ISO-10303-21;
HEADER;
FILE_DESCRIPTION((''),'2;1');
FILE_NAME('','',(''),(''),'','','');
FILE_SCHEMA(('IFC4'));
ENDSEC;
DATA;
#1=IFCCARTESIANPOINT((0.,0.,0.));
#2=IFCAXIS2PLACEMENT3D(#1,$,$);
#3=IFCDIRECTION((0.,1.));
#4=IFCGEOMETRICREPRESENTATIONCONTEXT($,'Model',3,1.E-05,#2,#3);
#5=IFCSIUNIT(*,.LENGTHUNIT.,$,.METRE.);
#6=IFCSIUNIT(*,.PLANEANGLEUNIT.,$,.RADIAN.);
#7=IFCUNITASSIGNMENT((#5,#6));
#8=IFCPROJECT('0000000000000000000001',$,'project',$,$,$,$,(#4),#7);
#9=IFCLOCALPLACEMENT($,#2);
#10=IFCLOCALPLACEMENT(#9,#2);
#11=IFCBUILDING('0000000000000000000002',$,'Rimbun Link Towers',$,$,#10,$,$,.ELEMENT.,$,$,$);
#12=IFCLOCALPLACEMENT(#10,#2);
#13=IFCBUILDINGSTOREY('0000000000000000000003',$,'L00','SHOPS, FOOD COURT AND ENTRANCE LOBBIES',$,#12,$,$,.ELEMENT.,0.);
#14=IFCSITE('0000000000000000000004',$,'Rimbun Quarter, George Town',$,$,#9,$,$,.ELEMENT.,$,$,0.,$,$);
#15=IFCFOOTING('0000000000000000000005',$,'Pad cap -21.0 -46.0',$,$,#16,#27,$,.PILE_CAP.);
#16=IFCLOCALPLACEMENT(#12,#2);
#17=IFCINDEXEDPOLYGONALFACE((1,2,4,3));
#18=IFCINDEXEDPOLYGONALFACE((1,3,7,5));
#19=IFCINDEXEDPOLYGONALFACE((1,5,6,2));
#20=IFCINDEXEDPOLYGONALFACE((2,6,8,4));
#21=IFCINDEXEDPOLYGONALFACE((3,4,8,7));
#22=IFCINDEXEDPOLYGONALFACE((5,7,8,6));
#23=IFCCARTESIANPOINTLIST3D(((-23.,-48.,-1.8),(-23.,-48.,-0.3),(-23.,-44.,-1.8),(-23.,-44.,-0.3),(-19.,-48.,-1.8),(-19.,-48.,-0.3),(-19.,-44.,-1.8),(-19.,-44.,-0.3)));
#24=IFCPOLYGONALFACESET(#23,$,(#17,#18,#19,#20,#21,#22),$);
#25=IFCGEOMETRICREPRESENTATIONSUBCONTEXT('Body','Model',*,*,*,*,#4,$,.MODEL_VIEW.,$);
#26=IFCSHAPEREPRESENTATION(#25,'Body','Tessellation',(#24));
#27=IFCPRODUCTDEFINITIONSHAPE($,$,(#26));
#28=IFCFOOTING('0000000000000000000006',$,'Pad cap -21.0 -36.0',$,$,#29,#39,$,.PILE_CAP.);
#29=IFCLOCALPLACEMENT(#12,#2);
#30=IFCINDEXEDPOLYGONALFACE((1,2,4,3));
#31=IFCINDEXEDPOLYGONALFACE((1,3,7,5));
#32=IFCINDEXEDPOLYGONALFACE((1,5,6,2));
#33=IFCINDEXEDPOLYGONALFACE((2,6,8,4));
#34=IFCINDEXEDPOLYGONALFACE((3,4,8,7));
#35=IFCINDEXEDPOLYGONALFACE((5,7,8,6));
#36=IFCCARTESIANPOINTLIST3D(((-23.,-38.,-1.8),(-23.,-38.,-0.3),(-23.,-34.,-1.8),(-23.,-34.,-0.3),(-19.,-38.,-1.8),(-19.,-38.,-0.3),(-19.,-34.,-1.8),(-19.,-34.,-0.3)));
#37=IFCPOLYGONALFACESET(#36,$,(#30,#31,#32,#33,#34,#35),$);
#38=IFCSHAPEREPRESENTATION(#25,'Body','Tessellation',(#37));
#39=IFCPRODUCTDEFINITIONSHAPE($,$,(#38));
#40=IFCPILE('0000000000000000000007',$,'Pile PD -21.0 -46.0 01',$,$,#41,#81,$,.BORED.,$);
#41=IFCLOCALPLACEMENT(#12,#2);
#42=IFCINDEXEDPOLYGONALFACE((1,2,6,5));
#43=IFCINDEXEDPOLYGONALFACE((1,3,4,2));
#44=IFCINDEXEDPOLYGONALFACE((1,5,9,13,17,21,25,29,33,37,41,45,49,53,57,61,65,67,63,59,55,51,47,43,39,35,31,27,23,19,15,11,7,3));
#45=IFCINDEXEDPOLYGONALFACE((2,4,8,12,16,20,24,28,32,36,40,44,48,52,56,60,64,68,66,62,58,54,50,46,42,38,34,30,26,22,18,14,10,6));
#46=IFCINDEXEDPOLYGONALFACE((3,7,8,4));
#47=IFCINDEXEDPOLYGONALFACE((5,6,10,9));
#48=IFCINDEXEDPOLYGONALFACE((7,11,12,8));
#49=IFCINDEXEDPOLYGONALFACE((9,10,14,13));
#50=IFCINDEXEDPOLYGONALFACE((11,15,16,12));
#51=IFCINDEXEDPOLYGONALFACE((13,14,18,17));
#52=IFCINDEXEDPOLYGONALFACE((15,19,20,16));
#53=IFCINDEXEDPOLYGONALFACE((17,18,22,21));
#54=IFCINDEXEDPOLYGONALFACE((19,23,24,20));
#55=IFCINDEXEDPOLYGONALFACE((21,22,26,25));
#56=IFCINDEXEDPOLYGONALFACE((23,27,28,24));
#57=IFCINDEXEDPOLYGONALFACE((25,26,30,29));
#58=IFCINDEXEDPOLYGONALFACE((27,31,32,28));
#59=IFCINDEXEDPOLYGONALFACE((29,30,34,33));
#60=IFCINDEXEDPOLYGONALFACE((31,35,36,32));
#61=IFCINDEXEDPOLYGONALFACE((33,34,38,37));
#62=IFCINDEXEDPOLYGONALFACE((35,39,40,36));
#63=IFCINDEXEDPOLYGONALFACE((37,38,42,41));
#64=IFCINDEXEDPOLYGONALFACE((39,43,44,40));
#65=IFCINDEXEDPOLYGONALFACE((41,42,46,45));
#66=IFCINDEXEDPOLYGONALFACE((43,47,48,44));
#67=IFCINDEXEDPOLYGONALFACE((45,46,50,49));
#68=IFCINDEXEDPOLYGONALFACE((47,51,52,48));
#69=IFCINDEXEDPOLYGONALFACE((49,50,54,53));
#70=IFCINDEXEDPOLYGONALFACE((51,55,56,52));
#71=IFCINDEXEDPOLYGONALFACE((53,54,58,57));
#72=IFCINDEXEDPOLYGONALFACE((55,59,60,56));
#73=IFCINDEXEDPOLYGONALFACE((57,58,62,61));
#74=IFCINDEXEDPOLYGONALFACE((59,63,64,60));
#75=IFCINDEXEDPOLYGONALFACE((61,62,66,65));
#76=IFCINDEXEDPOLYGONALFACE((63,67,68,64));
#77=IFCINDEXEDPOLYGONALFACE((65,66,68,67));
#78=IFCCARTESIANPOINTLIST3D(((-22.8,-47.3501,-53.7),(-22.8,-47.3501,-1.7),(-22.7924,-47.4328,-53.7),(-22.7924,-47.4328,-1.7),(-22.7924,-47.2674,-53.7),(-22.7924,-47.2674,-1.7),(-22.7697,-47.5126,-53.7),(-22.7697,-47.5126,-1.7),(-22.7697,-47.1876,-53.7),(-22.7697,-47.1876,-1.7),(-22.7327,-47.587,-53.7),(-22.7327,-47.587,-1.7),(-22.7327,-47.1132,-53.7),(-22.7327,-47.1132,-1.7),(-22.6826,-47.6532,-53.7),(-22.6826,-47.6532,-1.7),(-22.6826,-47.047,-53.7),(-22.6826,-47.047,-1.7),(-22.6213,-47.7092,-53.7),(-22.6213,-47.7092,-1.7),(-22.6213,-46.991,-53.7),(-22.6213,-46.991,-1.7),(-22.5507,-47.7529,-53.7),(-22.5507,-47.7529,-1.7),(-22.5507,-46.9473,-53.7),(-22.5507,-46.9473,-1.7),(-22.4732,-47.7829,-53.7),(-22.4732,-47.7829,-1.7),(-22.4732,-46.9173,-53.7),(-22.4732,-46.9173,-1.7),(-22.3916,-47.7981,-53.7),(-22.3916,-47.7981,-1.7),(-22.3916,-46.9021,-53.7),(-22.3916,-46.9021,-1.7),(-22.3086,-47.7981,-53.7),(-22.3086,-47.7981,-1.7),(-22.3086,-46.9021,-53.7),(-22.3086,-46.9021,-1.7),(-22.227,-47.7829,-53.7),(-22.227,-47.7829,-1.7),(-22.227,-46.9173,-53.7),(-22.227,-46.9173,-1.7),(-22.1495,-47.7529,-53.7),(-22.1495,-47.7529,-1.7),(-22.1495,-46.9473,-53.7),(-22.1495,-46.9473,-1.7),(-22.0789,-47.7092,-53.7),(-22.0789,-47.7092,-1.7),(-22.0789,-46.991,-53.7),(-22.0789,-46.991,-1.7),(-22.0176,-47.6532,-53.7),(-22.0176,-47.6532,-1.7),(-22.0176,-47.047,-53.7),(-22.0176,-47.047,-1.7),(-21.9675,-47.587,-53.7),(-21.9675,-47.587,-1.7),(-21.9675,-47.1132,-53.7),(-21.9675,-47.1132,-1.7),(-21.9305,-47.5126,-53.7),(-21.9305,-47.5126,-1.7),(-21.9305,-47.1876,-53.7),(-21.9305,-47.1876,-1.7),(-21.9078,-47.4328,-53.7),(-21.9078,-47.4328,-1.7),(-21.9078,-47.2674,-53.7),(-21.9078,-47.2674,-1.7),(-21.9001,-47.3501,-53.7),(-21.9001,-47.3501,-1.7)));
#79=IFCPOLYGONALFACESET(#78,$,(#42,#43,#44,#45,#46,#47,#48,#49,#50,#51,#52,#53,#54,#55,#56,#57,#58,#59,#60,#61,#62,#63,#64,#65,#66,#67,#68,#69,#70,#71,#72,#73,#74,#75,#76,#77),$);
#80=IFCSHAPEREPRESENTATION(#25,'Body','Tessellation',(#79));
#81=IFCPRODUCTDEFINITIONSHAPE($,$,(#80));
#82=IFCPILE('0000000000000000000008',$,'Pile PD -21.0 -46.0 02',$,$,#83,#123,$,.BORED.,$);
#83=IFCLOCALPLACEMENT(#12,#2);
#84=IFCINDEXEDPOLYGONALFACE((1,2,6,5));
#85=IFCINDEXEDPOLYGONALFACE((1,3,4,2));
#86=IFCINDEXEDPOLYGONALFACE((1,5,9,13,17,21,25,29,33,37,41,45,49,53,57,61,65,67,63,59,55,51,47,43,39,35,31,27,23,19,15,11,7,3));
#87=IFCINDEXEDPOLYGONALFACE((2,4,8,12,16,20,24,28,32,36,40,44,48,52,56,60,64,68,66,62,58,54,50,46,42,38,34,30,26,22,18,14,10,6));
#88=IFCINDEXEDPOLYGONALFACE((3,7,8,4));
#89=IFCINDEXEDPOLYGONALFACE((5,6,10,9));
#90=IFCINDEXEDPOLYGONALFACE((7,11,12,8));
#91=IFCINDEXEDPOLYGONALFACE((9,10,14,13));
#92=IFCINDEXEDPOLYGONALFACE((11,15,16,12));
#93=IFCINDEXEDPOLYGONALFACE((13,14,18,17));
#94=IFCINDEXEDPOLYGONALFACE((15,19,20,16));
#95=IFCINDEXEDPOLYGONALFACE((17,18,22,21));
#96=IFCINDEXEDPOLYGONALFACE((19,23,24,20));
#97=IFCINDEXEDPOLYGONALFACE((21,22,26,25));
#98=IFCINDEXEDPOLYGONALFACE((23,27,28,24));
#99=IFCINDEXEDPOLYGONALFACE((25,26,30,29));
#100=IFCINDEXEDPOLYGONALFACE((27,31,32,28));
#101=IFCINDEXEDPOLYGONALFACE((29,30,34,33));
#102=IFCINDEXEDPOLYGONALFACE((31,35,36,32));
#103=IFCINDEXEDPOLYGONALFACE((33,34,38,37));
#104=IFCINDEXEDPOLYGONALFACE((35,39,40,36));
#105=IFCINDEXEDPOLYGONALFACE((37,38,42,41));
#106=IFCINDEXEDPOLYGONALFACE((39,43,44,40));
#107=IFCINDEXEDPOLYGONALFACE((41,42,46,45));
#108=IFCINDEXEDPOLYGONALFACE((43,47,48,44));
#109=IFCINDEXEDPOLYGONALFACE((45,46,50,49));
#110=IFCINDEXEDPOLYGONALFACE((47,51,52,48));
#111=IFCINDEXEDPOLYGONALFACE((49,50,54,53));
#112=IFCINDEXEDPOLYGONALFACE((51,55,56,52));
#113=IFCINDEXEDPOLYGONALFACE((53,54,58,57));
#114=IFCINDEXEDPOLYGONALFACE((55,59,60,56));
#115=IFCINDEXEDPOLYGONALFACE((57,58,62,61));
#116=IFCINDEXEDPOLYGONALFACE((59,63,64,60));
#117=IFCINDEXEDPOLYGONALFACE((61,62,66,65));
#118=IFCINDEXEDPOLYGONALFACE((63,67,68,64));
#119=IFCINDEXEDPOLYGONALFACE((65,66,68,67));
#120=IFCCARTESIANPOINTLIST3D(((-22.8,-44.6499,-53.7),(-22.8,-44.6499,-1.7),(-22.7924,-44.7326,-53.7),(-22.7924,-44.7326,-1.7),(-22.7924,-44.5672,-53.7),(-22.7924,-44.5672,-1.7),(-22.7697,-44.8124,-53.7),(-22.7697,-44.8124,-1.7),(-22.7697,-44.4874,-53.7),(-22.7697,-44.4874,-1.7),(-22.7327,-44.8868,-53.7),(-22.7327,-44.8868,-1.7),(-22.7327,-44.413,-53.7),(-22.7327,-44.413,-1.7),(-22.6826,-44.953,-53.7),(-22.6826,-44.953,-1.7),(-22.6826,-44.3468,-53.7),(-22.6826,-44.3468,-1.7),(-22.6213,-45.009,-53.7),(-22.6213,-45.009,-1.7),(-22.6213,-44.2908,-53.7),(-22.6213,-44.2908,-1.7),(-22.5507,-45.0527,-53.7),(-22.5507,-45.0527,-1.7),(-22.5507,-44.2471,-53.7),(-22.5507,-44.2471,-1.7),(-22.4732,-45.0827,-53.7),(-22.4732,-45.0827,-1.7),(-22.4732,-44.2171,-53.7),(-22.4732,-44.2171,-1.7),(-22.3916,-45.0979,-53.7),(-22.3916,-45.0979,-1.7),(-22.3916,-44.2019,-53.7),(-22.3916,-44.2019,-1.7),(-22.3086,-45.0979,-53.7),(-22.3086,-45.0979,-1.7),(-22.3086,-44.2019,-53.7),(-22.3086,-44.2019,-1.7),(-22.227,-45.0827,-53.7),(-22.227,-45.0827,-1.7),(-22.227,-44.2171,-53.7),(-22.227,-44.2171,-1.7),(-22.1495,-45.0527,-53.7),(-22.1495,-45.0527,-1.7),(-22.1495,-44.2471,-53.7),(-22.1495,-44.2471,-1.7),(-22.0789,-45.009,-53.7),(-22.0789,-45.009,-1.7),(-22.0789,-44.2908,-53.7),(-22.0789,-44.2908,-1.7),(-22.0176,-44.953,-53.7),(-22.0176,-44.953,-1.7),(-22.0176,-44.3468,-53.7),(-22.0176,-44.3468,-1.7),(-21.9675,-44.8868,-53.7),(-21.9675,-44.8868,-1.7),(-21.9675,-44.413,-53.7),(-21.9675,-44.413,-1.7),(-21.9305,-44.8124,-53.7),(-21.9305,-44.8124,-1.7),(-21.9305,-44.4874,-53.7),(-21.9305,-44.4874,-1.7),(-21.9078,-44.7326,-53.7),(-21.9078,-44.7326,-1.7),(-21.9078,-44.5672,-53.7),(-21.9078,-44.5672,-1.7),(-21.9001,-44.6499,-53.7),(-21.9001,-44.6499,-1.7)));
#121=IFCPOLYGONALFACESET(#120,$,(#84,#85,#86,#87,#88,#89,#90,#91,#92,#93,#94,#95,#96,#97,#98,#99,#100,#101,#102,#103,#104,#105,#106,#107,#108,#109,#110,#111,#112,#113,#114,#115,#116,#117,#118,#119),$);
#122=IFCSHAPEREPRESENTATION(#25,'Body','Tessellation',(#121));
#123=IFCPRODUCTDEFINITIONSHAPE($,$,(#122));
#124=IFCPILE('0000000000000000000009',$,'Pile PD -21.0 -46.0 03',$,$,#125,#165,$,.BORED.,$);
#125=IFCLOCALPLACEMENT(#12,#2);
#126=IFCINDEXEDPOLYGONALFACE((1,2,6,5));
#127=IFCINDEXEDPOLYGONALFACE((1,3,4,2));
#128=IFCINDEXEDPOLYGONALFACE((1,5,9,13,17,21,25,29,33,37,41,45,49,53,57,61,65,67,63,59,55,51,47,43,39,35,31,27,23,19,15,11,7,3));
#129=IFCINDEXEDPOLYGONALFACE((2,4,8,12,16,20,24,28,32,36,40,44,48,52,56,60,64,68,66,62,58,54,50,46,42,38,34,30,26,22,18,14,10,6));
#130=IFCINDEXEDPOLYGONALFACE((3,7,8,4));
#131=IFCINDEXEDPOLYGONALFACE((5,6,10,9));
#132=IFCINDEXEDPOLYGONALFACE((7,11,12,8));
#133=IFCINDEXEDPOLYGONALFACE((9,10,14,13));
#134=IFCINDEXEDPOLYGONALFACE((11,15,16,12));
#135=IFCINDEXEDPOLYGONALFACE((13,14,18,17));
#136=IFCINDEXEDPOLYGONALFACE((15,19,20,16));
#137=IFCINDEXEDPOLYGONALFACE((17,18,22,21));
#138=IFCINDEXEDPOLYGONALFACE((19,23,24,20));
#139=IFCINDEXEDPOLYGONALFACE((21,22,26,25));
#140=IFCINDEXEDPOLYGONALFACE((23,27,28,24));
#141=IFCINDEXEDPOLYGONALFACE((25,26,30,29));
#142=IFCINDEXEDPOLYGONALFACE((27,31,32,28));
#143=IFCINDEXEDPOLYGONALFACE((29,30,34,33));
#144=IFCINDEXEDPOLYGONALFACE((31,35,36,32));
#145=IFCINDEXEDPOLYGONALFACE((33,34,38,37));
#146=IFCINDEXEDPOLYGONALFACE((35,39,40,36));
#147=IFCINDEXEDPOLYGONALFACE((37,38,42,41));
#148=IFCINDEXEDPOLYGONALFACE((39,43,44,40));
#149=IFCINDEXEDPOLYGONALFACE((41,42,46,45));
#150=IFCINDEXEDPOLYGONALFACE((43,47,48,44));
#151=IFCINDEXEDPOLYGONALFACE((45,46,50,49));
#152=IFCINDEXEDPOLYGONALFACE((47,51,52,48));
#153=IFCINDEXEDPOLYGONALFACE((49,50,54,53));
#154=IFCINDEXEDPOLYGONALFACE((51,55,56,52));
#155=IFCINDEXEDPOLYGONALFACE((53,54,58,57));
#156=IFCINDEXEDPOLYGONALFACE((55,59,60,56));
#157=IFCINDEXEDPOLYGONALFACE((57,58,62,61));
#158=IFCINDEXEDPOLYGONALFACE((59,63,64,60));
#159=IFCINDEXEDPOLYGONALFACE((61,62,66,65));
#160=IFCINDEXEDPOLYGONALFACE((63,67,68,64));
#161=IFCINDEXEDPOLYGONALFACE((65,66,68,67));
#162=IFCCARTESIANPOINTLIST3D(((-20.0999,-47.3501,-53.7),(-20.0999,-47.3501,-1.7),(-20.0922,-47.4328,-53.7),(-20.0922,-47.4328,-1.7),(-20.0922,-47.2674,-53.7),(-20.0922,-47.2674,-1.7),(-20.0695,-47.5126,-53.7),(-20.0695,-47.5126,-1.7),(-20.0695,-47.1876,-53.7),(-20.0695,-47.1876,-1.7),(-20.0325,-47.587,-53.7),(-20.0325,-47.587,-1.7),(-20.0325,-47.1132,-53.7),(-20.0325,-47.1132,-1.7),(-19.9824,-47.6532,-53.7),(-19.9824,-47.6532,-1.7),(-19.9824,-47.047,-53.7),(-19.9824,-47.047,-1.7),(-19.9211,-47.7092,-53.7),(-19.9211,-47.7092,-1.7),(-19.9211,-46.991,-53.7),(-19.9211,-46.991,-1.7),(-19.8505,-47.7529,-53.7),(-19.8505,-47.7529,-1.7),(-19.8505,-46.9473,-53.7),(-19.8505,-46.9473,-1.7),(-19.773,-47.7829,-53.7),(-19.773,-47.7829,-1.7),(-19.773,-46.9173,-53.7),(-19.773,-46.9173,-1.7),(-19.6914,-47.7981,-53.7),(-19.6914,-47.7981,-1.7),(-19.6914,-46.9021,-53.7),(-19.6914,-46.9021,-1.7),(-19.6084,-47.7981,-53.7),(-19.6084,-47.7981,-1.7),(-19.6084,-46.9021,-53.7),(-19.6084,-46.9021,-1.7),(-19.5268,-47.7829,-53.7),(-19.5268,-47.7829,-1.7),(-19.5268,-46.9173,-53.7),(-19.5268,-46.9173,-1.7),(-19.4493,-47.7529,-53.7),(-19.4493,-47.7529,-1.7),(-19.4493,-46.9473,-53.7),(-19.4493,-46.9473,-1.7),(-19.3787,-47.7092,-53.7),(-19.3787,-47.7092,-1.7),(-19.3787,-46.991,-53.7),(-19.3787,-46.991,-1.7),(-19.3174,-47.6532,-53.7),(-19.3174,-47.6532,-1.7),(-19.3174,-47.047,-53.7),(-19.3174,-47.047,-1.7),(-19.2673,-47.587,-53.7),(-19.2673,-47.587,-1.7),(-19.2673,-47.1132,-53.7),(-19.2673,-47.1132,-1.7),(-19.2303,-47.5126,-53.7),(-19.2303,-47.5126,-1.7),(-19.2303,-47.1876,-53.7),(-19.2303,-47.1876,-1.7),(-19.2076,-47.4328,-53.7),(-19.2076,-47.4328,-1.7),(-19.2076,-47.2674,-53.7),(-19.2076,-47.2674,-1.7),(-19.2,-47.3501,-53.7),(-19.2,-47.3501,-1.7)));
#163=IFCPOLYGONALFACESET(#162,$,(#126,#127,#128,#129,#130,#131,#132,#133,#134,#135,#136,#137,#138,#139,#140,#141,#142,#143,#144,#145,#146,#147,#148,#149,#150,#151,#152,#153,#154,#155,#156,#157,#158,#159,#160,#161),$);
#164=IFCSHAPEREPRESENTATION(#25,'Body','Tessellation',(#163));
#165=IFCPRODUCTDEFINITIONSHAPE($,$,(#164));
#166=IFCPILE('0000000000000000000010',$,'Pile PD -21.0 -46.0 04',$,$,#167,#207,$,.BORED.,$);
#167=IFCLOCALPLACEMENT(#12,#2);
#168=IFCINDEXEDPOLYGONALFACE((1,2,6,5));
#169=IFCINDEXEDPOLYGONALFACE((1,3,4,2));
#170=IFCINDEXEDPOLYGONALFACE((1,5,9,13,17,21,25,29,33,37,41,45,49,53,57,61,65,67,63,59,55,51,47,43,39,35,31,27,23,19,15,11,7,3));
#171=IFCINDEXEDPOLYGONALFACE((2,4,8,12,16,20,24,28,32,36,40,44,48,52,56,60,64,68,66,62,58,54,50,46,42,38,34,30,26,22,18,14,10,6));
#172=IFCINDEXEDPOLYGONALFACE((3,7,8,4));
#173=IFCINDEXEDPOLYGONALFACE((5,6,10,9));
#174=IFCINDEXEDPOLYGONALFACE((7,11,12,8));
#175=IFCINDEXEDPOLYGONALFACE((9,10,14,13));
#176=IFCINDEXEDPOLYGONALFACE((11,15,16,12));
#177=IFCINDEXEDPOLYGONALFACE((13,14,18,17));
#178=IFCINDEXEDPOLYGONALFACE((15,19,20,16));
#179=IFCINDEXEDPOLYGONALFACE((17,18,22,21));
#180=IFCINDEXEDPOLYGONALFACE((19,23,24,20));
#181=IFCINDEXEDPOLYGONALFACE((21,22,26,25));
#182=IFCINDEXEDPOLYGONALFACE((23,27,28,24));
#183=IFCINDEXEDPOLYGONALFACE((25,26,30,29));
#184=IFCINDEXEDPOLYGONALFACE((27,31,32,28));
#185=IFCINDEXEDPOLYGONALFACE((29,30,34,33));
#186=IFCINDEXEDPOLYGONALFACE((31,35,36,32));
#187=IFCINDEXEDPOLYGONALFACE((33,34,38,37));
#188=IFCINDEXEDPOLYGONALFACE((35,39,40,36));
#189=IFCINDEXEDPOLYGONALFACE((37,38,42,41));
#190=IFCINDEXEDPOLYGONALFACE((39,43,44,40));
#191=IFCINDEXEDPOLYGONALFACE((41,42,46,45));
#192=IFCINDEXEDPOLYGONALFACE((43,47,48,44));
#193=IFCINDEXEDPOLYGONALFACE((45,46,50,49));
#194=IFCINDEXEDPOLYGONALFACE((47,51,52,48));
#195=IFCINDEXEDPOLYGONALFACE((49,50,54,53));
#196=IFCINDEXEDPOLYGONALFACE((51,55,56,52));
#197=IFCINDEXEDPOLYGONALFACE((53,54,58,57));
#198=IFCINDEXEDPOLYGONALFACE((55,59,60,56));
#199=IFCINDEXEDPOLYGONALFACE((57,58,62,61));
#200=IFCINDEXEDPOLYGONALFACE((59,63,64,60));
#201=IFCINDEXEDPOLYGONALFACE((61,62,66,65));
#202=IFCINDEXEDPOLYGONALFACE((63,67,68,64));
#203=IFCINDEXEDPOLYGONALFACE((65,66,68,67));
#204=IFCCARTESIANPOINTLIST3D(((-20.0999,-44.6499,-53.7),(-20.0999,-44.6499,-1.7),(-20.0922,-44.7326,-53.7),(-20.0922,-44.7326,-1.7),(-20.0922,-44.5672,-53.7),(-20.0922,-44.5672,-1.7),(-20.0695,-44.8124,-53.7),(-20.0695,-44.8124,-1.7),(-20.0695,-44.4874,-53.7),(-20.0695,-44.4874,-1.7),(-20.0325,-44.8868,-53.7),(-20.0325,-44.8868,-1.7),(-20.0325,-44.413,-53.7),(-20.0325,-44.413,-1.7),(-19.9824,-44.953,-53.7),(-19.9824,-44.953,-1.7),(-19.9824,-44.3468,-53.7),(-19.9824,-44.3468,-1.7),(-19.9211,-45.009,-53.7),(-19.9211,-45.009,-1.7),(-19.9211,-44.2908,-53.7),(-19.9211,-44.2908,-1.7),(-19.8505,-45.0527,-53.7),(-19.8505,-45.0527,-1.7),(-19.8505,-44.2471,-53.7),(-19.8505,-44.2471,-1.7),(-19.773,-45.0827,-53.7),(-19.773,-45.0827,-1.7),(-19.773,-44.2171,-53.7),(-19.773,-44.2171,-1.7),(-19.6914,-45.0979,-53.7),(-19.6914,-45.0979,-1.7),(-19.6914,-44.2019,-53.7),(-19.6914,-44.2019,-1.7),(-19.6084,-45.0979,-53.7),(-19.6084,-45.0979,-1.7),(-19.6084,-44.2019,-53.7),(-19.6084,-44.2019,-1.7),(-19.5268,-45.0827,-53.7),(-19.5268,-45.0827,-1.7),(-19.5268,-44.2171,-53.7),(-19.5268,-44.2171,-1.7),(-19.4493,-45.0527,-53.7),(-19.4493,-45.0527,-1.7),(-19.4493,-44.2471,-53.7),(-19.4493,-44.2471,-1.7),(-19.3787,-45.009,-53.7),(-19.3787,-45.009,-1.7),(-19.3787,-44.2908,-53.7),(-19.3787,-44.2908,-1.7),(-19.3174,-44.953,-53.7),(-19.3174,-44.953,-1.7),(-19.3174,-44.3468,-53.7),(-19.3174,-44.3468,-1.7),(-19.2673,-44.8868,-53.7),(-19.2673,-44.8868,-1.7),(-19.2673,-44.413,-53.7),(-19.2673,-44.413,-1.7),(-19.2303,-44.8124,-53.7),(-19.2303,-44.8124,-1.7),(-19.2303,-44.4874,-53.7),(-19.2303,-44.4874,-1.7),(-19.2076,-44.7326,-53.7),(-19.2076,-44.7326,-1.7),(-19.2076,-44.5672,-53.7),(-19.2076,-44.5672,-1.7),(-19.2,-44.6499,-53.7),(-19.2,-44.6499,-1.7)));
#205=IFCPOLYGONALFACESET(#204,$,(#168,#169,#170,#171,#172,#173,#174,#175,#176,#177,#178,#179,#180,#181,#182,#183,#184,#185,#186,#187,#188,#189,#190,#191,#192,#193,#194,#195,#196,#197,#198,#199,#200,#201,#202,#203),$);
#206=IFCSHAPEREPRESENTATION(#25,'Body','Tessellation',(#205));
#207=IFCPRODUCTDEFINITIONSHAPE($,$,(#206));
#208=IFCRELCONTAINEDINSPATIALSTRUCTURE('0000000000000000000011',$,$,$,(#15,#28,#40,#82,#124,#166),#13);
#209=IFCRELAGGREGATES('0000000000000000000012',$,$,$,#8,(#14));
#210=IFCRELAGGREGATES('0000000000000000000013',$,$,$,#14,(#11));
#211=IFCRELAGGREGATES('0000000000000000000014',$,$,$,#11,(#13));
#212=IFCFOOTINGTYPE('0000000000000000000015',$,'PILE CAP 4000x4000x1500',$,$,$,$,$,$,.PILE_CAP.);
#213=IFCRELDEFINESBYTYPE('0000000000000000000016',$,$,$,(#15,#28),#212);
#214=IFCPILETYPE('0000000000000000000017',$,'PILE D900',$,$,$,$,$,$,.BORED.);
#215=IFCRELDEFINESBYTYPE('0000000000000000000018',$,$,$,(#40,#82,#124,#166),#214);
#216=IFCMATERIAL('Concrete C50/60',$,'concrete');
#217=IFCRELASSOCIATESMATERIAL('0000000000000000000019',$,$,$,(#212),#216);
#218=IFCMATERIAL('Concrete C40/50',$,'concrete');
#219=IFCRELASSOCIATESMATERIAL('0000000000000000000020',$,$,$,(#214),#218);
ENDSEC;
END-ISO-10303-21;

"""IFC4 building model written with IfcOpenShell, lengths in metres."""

from ifc_helpers import new_model, si_unit, direction, frame, origin, origin_2d, place, context, subcontext, project, spatial, rectangle, circle, extrude, material, material_profile, profile_set, type_object, element, save


model = new_model("IFC4")

# Units and contexts
model_context = context("Model", 3, precision=1e-05, world=origin(), true_north=direction((0.0, 1.0)))
body_context = subcontext(model_context, "Body", "Model", "MODEL_VIEW")
ifc_project = project(units=[si_unit("LENGTHUNIT", "METRE"), si_unit("PLANEANGLEUNIT", "RADIAN")], contexts=[model_context])

# Site, building, storey
site_placement = place(None, origin())
site = spatial("IfcSite", under=ifc_project, at=site_placement, Name="Rimbun Quarter, George Town", CompositionType="ELEMENT", RefElevation=0.0)
building_placement = place(site_placement, origin())
building = spatial("IfcBuilding", under=site, at=building_placement, Name="Rimbun Link Towers", CompositionType="ELEMENT")
storey_placement = place(building_placement, origin())
storey = spatial("IfcBuildingStorey", under=building, at=storey_placement, Name="L00", Description="SHOPS, FOOD COURT AND ENTRANCE LOBBIES", CompositionType="ELEMENT", Elevation=0.0)

# Footings
ifc_material_1 = material(Name="Concrete C50/60", Category="concrete")
footing_type = type_object("IfcFootingType", Name="PILE CAP 4000x4000x1500", PredefinedType="PILE_CAP", material=ifc_material_1)
for number, where, z_axis, x_axis, name in (
    (1, (-21.0, -46.0, -1.8), (0.0, 0.0, 1.0), (1.0, 0.0, 0.0), "Pad cap -21.0 -46.0"),
    (2, (-21.0, -36.0, -1.8), (0.0, 0.0, 1.0), (1.0, 0.0, 0.0), "Pad cap -21.0 -36.0"),
):
    element("IfcFooting", number, at=place(storey_placement, frame(where, z_axis=z_axis, x_axis=x_axis)), inside=storey, type_object=footing_type, Name=name, PredefinedType="PILE_CAP", context=body_context, shape_type="SweptSolid", body=[
        extrude(rectangle(XDim=4.0, YDim=4.0, at=origin_2d()), origin(), (0.0, 0.0, 1.0), 1.5),
    ])

# Piles
ifc_material_2 = material(Name="Concrete C40/50", Category="concrete")
ifc_material_profile_1 = material_profile(ifc_material_2, circle(Radius=0.45, at=origin_2d()), Name="PILE D900")
ifc_profile_set_1 = profile_set([ifc_material_profile_1], Name="Concrete C40/50")
pile_type = type_object("IfcPileType", Name="PILE D900", PredefinedType="BORED", material=ifc_profile_set_1)
for number, where, z_axis, x_axis, name in (
    (3, (-22.3501, -47.3501, -1.7), (0.0, 0.0, -1.0), (1.0, 0.0, 0.0), "Pile PD -21.0 -46.0 01"),
    (4, (-22.3501, -44.6499, -1.7), (0.0, 0.0, -1.0), (1.0, 0.0, 0.0), "Pile PD -21.0 -46.0 02"),
    (5, (-19.6499, -47.3501, -1.7), (0.0, 0.0, -1.0), (1.0, 0.0, 0.0), "Pile PD -21.0 -46.0 03"),
    (6, (-19.6499, -44.6499, -1.7), (0.0, 0.0, -1.0), (1.0, 0.0, 0.0), "Pile PD -21.0 -46.0 04"),
):
    element("IfcPile", number, at=place(storey_placement, frame(where, z_axis=z_axis, x_axis=x_axis)), inside=storey, type_object=pile_type, Name=name, PredefinedType="BORED", context=body_context, shape_type="SweptSolid", body=[
        extrude(circle(Radius=0.45, at=origin_2d()), origin(), (0.0, 0.0, 1.0), 52.0),
    ])

save(model, "model.ifc")
